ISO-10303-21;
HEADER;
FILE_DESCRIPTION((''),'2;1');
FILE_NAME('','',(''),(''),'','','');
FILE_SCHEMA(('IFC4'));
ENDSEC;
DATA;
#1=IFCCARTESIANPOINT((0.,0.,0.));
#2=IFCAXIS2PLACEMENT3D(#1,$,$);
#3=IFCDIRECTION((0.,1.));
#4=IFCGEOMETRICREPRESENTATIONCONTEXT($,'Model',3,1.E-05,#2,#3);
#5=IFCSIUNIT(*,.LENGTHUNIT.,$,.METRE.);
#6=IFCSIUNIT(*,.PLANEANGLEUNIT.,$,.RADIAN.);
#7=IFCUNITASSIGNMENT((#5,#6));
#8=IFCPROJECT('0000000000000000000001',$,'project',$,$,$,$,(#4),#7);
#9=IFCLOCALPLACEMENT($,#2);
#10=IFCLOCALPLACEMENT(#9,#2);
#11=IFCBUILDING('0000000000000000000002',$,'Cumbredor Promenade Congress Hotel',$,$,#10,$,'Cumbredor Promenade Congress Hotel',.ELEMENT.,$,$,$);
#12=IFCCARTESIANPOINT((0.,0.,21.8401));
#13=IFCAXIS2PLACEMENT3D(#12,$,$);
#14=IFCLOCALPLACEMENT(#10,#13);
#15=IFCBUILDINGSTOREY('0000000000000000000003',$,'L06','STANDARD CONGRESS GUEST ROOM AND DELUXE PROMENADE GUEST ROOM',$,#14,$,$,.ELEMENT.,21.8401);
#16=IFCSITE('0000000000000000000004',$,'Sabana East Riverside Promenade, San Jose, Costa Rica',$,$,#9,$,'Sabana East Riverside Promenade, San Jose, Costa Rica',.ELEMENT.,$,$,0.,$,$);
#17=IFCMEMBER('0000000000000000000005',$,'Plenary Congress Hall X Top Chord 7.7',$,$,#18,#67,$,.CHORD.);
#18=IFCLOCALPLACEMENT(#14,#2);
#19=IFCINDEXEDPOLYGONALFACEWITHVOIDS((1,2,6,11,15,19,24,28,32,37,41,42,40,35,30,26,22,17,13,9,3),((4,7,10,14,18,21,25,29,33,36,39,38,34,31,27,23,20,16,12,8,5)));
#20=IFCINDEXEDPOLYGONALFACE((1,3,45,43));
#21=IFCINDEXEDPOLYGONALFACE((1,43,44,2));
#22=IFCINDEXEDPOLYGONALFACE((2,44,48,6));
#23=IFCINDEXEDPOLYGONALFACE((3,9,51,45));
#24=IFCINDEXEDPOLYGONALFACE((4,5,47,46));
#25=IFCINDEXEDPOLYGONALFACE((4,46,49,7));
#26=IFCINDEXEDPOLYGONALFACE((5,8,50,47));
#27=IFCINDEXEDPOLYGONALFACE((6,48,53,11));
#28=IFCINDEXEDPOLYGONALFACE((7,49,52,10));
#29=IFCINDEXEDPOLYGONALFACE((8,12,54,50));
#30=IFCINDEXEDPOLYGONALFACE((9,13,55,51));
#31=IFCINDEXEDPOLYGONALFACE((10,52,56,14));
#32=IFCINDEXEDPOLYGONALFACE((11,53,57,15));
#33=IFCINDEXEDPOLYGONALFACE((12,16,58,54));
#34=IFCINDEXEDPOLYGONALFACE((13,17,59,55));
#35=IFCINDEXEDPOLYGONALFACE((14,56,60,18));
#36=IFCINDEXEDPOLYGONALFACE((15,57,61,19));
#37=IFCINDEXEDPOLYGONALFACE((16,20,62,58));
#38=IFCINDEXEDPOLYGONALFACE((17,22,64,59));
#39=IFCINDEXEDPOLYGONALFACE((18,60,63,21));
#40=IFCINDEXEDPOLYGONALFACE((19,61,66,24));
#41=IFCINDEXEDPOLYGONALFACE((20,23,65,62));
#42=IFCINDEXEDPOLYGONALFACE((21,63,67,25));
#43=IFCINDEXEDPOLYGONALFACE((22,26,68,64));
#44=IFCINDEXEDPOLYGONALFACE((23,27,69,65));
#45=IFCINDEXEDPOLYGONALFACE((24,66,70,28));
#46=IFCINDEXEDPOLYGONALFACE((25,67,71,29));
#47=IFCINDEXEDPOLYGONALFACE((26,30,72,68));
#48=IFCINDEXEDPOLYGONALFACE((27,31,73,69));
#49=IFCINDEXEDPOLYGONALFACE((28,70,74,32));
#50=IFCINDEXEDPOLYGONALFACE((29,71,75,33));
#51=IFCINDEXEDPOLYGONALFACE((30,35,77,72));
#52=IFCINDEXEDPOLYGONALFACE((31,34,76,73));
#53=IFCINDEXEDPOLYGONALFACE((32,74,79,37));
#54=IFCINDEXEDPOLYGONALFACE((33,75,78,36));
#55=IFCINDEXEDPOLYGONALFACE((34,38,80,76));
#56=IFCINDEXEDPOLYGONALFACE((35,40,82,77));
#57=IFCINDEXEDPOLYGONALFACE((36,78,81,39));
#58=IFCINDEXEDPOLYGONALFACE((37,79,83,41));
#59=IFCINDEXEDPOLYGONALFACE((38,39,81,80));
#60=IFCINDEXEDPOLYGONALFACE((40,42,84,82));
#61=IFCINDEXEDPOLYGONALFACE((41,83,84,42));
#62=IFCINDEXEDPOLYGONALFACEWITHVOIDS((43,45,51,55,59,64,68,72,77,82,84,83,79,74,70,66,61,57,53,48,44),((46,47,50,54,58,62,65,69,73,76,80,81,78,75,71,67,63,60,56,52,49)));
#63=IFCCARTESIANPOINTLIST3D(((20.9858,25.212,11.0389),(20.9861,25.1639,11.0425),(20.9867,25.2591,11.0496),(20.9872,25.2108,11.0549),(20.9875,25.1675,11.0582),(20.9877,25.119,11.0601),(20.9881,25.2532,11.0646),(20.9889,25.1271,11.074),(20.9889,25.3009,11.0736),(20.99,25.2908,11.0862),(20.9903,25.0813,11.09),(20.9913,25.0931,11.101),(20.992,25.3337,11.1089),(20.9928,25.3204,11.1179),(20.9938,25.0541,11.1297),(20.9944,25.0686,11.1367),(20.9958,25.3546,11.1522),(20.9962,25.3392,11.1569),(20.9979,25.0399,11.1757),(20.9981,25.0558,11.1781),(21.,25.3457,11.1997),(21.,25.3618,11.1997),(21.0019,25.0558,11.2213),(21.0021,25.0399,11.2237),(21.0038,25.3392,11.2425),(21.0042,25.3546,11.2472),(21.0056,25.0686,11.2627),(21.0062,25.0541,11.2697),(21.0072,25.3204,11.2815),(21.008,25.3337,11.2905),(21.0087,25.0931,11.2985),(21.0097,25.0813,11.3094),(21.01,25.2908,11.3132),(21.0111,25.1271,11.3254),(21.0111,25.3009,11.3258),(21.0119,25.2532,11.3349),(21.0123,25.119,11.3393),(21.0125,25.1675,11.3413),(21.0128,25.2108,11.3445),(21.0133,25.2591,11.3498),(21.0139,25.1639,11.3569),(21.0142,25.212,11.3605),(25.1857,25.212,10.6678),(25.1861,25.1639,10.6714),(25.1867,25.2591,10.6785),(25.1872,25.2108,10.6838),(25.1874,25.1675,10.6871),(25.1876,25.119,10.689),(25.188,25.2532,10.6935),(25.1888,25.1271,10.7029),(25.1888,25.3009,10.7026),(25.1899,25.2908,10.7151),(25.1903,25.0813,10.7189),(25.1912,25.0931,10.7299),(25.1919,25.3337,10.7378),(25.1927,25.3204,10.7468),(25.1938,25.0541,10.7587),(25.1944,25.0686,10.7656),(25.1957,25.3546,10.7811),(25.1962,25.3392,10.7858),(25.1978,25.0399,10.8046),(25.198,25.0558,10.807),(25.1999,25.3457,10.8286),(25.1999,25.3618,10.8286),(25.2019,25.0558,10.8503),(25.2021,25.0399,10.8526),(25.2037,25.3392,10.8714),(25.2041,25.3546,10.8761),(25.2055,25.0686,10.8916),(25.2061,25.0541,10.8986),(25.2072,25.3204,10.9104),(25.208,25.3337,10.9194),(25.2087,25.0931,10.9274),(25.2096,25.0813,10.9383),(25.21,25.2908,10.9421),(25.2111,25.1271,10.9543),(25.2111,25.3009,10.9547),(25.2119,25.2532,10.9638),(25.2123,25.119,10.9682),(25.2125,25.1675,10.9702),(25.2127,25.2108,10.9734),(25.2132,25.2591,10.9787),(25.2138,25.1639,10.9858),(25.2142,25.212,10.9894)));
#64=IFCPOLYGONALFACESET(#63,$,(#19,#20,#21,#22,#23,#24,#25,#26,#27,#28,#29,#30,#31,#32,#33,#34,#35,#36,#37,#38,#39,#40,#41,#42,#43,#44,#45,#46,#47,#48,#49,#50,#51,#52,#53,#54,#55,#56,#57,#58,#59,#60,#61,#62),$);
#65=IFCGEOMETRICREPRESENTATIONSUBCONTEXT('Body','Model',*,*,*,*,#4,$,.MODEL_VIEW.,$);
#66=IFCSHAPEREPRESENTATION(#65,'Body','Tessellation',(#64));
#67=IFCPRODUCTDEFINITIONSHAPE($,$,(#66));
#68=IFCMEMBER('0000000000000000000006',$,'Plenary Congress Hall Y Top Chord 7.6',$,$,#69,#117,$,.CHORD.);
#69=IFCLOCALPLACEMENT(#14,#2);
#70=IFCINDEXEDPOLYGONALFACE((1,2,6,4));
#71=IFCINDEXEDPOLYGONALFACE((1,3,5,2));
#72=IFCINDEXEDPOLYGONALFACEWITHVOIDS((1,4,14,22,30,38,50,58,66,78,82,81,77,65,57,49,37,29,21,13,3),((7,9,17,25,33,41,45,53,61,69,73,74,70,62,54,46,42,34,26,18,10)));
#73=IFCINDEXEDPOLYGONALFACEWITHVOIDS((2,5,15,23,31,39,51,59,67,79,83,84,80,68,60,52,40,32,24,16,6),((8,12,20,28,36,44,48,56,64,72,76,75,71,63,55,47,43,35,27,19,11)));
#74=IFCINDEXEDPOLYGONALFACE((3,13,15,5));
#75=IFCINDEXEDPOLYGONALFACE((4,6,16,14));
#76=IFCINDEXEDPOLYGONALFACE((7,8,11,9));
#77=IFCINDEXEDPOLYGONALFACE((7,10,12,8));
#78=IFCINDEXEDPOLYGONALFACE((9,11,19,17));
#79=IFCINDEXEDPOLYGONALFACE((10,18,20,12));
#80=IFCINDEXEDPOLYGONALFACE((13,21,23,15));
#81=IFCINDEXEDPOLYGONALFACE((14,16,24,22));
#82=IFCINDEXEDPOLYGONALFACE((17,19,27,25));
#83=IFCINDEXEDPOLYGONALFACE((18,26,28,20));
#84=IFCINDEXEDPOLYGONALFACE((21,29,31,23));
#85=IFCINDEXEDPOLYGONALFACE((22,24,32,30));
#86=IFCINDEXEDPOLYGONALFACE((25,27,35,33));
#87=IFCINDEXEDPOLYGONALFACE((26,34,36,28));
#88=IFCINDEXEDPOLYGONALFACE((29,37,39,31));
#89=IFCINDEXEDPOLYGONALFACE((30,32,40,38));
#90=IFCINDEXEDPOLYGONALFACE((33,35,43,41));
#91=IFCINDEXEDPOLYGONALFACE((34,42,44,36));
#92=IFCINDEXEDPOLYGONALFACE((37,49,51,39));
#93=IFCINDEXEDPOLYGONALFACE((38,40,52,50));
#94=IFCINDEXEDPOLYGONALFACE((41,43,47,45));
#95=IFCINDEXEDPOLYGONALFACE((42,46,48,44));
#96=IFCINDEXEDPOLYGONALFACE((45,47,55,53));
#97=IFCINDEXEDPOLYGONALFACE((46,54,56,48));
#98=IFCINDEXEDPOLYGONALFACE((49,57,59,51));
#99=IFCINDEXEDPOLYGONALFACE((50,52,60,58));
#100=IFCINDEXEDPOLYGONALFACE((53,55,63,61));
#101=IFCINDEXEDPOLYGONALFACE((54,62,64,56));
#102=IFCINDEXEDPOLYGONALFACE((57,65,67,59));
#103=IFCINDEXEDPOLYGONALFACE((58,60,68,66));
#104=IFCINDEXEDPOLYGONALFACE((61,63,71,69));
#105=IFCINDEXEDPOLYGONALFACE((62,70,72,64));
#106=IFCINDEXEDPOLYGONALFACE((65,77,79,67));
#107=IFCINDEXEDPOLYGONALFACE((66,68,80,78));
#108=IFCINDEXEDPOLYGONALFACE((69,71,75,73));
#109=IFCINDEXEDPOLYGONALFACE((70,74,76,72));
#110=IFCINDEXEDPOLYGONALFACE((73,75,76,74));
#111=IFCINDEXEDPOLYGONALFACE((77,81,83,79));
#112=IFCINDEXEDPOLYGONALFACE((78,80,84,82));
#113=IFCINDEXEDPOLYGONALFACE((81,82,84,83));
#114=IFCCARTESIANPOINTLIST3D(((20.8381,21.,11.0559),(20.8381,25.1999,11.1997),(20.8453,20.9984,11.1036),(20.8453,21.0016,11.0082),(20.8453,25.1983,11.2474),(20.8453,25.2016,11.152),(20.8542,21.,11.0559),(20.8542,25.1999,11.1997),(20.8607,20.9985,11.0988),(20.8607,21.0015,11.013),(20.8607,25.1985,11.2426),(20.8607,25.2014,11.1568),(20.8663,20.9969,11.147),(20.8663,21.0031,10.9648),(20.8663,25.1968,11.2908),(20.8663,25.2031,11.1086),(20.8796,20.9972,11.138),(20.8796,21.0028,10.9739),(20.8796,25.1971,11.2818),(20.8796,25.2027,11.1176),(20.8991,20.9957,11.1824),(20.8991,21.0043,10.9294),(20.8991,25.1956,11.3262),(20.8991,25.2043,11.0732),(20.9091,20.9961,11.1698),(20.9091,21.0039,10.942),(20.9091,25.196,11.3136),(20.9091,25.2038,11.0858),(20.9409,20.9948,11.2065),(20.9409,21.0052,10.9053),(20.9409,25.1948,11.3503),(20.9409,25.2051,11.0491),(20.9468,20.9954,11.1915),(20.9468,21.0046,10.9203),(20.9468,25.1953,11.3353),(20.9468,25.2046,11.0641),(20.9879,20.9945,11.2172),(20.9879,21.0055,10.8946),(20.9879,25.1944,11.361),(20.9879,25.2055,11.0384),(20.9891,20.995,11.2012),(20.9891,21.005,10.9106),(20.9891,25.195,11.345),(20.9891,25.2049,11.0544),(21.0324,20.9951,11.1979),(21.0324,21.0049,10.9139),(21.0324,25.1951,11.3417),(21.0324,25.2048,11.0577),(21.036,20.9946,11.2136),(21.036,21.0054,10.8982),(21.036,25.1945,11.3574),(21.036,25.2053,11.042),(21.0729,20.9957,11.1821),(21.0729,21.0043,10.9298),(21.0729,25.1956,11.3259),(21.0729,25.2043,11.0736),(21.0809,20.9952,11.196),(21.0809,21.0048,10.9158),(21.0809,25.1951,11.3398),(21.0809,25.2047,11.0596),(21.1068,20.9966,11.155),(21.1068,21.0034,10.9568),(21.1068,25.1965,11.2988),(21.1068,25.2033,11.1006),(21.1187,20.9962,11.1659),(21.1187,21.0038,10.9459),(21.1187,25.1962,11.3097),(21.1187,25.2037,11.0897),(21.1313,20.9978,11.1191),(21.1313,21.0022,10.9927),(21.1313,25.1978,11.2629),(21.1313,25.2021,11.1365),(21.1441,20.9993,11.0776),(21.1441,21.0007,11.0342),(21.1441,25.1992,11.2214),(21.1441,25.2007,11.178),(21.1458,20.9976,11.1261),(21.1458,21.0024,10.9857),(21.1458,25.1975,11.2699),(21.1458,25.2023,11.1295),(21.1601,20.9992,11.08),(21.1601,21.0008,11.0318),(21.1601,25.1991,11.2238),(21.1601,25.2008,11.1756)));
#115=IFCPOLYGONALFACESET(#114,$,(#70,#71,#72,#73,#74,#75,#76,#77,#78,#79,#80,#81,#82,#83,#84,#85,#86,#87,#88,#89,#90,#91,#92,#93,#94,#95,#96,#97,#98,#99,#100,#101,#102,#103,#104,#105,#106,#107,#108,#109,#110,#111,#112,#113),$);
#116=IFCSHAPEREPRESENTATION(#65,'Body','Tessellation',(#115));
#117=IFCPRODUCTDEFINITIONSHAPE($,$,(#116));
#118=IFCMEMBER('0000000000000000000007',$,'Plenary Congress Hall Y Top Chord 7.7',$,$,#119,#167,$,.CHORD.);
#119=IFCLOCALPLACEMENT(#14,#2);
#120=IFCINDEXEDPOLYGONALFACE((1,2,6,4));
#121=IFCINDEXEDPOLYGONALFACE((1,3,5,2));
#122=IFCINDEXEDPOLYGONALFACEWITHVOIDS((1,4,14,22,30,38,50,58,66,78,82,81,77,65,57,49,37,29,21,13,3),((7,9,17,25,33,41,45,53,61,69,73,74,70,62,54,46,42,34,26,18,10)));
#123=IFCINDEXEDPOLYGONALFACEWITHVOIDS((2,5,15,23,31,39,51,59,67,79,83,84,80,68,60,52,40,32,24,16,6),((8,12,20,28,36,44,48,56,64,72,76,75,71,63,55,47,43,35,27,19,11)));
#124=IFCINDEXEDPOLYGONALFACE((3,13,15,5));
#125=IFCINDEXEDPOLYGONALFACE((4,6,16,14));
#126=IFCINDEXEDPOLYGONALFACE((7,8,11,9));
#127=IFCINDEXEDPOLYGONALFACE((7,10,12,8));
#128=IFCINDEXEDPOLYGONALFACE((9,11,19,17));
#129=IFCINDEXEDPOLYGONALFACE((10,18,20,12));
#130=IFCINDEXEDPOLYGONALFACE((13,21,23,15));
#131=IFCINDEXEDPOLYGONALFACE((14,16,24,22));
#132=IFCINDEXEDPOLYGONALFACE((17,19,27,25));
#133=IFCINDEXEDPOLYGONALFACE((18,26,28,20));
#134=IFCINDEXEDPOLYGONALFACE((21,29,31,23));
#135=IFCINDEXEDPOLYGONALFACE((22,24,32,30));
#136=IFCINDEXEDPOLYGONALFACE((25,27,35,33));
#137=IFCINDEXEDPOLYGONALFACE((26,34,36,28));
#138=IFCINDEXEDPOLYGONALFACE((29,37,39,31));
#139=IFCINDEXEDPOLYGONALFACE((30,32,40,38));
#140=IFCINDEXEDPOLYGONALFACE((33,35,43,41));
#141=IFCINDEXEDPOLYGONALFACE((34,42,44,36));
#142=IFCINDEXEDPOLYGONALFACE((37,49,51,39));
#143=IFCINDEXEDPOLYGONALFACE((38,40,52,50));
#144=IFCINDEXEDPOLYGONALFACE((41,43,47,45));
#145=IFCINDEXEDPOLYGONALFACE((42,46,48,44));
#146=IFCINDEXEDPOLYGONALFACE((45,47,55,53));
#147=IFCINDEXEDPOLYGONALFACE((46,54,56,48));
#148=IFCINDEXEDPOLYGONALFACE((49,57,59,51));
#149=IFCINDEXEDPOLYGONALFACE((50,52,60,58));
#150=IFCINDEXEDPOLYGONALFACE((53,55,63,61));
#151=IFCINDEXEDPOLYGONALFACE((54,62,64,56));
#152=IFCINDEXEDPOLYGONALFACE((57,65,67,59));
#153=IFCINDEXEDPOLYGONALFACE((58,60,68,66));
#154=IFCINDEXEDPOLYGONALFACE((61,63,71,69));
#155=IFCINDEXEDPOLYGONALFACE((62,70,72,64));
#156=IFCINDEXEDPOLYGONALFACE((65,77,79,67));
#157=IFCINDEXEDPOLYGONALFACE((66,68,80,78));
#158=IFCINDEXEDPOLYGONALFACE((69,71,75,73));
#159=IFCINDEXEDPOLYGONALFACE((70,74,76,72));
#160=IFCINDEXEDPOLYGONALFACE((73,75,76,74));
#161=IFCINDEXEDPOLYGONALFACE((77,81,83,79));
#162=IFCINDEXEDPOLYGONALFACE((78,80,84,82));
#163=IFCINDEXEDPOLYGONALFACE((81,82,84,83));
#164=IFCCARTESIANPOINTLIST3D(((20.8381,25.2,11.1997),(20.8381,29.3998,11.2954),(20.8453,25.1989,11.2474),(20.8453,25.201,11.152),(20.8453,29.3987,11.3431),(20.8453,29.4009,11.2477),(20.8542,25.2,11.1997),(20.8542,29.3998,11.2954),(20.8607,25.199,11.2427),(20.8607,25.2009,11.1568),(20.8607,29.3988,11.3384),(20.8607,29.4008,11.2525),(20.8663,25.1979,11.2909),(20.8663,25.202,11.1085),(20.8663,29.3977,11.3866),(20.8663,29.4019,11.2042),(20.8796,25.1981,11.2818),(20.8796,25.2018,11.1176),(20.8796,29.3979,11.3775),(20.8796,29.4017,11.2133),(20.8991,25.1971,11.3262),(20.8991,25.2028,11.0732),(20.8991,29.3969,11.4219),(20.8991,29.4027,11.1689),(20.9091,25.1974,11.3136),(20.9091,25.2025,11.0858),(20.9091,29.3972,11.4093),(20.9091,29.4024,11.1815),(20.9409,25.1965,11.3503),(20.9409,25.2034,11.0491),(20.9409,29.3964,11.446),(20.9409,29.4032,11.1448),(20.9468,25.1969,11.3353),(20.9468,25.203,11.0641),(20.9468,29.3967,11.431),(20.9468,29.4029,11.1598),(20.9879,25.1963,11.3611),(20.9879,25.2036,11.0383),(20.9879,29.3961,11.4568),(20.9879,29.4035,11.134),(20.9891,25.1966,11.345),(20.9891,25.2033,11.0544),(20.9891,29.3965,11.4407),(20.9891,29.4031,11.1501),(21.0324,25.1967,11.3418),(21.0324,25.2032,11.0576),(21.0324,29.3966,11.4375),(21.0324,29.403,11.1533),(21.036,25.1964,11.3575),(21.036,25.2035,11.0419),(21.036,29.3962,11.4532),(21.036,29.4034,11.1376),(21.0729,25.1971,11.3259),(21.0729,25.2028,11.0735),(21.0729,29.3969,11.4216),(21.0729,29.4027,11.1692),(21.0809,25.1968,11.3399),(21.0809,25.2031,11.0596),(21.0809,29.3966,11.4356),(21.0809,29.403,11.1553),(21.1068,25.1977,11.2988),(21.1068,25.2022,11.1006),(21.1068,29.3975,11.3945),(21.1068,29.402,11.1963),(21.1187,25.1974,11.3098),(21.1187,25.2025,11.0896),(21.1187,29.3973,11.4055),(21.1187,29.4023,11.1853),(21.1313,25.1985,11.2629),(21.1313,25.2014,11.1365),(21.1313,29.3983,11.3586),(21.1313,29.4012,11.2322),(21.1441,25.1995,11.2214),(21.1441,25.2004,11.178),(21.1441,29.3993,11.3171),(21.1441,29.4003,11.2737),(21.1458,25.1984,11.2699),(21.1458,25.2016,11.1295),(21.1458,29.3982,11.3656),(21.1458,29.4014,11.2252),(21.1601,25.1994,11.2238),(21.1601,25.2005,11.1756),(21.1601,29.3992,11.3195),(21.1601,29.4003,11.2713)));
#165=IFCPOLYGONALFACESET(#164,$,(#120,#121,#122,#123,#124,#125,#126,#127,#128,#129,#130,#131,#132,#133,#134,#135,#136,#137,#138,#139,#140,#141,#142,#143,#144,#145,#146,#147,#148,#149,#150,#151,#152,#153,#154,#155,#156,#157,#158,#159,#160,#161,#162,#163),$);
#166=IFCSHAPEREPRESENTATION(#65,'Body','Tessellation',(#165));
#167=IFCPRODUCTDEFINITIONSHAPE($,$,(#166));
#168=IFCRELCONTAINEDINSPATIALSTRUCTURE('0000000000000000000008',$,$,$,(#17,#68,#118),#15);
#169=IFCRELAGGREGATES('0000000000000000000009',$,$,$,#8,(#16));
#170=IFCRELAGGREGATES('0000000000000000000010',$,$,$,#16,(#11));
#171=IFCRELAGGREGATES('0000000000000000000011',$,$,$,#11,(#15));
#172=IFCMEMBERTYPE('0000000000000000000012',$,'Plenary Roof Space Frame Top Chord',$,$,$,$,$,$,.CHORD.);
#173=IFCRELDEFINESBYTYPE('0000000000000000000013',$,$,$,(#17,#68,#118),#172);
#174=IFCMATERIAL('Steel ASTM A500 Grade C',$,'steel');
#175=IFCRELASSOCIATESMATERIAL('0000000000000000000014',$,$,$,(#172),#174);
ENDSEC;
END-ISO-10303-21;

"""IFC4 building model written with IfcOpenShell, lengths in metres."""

from ifc_helpers import new_model, si_unit, direction, frame, origin, origin_2d, place, context, subcontext, project, spatial, hollow_circle, extrude, material, material_profile, profile_set, type_object, element, save


model = new_model("IFC4")

# Units and contexts
model_context = context("Model", 3, precision=1e-05, world=origin(), true_north=direction((0.0, 1.0)))
body_context = subcontext(model_context, "Body", "Model", "MODEL_VIEW")
ifc_project = project(units=[si_unit("LENGTHUNIT", "METRE"), si_unit("PLANEANGLEUNIT", "RADIAN")], contexts=[model_context])

# Site, building, storey
site_placement = place(None, origin())
site = spatial("IfcSite", under=ifc_project, at=site_placement, Name="Sabana East Riverside Promenade, San Jose, Costa Rica", LongName="Sabana East Riverside Promenade, San Jose, Costa Rica", CompositionType="ELEMENT", RefElevation=0.0)
building_placement = place(site_placement, origin())
building = spatial("IfcBuilding", under=site, at=building_placement, Name="Cumbredor Promenade Congress Hotel", LongName="Cumbredor Promenade Congress Hotel", CompositionType="ELEMENT")
storey_placement = place(building_placement, frame((0.0, 0.0, 21.8401)))
storey = spatial("IfcBuildingStorey", under=building, at=storey_placement, Name="L06", Description="STANDARD CONGRESS GUEST ROOM AND DELUXE PROMENADE GUEST ROOM", CompositionType="ELEMENT", Elevation=21.8401)

# Members
ifc_material_1 = material(Name="Steel ASTM A500 Grade C", Category="steel")
ifc_material_profile_1 = material_profile(ifc_material_1, hollow_circle(Radius=0.1619, WallThickness=0.0161, at=origin_2d()), Name="CHS 323.9x16")
ifc_profile_set_1 = profile_set([ifc_material_profile_1], Name="Steel ASTM A500 Grade C")
member_type_1 = type_object("IfcMemberType", Name="Plenary Roof Space Frame Top Chord", PredefinedType="CHORD", material=ifc_profile_set_1)
member_1_placement = place(storey_placement, frame((21.0, 25.2, 11.1997), z_axis=(0.996119, 0.0, -0.088014), x_axis=(0.0, 1.0, 0.0)))
element("IfcMember", 1, at=member_1_placement, inside=storey, type_object=member_type_1, Name="Plenary Congress Hall X Top Chord 7.7", PredefinedType="CHORD", context=body_context, shape_type="SweptSolid", body=[
    extrude(hollow_circle(Radius=0.1619, WallThickness=0.0161, at=origin_2d()), origin(), (0.0, 0.0, 1.0), 4.2163),
])
member_2_placement = place(storey_placement, frame((21.0, 21.0, 11.0559), z_axis=(0.0, 0.999414, 0.034218), x_axis=(-1.0, 0.0, 0.0)))
element("IfcMember", 2, at=member_2_placement, inside=storey, type_object=member_type_1, Name="Plenary Congress Hall Y Top Chord 7.6", PredefinedType="CHORD", context=body_context, shape_type="SweptSolid", body=[
    extrude(hollow_circle(Radius=0.1619, WallThickness=0.0161, at=origin_2d()), origin(), (0.0, 0.0, 1.0), 4.2024),
])
member_3_placement = place(storey_placement, frame((21.0, 25.2, 11.1997), z_axis=(0.0, 0.99974, 0.022781), x_axis=(-1.0, 0.0, 0.0)))
element("IfcMember", 3, at=member_3_placement, inside=storey, type_object=member_type_1, Name="Plenary Congress Hall Y Top Chord 7.7", PredefinedType="CHORD", context=body_context, shape_type="SweptSolid", body=[
    extrude(hollow_circle(Radius=0.1619, WallThickness=0.0161, at=origin_2d()), origin(), (0.0, 0.0, 1.0), 4.2009),
])

save(model, "model.ifc")
